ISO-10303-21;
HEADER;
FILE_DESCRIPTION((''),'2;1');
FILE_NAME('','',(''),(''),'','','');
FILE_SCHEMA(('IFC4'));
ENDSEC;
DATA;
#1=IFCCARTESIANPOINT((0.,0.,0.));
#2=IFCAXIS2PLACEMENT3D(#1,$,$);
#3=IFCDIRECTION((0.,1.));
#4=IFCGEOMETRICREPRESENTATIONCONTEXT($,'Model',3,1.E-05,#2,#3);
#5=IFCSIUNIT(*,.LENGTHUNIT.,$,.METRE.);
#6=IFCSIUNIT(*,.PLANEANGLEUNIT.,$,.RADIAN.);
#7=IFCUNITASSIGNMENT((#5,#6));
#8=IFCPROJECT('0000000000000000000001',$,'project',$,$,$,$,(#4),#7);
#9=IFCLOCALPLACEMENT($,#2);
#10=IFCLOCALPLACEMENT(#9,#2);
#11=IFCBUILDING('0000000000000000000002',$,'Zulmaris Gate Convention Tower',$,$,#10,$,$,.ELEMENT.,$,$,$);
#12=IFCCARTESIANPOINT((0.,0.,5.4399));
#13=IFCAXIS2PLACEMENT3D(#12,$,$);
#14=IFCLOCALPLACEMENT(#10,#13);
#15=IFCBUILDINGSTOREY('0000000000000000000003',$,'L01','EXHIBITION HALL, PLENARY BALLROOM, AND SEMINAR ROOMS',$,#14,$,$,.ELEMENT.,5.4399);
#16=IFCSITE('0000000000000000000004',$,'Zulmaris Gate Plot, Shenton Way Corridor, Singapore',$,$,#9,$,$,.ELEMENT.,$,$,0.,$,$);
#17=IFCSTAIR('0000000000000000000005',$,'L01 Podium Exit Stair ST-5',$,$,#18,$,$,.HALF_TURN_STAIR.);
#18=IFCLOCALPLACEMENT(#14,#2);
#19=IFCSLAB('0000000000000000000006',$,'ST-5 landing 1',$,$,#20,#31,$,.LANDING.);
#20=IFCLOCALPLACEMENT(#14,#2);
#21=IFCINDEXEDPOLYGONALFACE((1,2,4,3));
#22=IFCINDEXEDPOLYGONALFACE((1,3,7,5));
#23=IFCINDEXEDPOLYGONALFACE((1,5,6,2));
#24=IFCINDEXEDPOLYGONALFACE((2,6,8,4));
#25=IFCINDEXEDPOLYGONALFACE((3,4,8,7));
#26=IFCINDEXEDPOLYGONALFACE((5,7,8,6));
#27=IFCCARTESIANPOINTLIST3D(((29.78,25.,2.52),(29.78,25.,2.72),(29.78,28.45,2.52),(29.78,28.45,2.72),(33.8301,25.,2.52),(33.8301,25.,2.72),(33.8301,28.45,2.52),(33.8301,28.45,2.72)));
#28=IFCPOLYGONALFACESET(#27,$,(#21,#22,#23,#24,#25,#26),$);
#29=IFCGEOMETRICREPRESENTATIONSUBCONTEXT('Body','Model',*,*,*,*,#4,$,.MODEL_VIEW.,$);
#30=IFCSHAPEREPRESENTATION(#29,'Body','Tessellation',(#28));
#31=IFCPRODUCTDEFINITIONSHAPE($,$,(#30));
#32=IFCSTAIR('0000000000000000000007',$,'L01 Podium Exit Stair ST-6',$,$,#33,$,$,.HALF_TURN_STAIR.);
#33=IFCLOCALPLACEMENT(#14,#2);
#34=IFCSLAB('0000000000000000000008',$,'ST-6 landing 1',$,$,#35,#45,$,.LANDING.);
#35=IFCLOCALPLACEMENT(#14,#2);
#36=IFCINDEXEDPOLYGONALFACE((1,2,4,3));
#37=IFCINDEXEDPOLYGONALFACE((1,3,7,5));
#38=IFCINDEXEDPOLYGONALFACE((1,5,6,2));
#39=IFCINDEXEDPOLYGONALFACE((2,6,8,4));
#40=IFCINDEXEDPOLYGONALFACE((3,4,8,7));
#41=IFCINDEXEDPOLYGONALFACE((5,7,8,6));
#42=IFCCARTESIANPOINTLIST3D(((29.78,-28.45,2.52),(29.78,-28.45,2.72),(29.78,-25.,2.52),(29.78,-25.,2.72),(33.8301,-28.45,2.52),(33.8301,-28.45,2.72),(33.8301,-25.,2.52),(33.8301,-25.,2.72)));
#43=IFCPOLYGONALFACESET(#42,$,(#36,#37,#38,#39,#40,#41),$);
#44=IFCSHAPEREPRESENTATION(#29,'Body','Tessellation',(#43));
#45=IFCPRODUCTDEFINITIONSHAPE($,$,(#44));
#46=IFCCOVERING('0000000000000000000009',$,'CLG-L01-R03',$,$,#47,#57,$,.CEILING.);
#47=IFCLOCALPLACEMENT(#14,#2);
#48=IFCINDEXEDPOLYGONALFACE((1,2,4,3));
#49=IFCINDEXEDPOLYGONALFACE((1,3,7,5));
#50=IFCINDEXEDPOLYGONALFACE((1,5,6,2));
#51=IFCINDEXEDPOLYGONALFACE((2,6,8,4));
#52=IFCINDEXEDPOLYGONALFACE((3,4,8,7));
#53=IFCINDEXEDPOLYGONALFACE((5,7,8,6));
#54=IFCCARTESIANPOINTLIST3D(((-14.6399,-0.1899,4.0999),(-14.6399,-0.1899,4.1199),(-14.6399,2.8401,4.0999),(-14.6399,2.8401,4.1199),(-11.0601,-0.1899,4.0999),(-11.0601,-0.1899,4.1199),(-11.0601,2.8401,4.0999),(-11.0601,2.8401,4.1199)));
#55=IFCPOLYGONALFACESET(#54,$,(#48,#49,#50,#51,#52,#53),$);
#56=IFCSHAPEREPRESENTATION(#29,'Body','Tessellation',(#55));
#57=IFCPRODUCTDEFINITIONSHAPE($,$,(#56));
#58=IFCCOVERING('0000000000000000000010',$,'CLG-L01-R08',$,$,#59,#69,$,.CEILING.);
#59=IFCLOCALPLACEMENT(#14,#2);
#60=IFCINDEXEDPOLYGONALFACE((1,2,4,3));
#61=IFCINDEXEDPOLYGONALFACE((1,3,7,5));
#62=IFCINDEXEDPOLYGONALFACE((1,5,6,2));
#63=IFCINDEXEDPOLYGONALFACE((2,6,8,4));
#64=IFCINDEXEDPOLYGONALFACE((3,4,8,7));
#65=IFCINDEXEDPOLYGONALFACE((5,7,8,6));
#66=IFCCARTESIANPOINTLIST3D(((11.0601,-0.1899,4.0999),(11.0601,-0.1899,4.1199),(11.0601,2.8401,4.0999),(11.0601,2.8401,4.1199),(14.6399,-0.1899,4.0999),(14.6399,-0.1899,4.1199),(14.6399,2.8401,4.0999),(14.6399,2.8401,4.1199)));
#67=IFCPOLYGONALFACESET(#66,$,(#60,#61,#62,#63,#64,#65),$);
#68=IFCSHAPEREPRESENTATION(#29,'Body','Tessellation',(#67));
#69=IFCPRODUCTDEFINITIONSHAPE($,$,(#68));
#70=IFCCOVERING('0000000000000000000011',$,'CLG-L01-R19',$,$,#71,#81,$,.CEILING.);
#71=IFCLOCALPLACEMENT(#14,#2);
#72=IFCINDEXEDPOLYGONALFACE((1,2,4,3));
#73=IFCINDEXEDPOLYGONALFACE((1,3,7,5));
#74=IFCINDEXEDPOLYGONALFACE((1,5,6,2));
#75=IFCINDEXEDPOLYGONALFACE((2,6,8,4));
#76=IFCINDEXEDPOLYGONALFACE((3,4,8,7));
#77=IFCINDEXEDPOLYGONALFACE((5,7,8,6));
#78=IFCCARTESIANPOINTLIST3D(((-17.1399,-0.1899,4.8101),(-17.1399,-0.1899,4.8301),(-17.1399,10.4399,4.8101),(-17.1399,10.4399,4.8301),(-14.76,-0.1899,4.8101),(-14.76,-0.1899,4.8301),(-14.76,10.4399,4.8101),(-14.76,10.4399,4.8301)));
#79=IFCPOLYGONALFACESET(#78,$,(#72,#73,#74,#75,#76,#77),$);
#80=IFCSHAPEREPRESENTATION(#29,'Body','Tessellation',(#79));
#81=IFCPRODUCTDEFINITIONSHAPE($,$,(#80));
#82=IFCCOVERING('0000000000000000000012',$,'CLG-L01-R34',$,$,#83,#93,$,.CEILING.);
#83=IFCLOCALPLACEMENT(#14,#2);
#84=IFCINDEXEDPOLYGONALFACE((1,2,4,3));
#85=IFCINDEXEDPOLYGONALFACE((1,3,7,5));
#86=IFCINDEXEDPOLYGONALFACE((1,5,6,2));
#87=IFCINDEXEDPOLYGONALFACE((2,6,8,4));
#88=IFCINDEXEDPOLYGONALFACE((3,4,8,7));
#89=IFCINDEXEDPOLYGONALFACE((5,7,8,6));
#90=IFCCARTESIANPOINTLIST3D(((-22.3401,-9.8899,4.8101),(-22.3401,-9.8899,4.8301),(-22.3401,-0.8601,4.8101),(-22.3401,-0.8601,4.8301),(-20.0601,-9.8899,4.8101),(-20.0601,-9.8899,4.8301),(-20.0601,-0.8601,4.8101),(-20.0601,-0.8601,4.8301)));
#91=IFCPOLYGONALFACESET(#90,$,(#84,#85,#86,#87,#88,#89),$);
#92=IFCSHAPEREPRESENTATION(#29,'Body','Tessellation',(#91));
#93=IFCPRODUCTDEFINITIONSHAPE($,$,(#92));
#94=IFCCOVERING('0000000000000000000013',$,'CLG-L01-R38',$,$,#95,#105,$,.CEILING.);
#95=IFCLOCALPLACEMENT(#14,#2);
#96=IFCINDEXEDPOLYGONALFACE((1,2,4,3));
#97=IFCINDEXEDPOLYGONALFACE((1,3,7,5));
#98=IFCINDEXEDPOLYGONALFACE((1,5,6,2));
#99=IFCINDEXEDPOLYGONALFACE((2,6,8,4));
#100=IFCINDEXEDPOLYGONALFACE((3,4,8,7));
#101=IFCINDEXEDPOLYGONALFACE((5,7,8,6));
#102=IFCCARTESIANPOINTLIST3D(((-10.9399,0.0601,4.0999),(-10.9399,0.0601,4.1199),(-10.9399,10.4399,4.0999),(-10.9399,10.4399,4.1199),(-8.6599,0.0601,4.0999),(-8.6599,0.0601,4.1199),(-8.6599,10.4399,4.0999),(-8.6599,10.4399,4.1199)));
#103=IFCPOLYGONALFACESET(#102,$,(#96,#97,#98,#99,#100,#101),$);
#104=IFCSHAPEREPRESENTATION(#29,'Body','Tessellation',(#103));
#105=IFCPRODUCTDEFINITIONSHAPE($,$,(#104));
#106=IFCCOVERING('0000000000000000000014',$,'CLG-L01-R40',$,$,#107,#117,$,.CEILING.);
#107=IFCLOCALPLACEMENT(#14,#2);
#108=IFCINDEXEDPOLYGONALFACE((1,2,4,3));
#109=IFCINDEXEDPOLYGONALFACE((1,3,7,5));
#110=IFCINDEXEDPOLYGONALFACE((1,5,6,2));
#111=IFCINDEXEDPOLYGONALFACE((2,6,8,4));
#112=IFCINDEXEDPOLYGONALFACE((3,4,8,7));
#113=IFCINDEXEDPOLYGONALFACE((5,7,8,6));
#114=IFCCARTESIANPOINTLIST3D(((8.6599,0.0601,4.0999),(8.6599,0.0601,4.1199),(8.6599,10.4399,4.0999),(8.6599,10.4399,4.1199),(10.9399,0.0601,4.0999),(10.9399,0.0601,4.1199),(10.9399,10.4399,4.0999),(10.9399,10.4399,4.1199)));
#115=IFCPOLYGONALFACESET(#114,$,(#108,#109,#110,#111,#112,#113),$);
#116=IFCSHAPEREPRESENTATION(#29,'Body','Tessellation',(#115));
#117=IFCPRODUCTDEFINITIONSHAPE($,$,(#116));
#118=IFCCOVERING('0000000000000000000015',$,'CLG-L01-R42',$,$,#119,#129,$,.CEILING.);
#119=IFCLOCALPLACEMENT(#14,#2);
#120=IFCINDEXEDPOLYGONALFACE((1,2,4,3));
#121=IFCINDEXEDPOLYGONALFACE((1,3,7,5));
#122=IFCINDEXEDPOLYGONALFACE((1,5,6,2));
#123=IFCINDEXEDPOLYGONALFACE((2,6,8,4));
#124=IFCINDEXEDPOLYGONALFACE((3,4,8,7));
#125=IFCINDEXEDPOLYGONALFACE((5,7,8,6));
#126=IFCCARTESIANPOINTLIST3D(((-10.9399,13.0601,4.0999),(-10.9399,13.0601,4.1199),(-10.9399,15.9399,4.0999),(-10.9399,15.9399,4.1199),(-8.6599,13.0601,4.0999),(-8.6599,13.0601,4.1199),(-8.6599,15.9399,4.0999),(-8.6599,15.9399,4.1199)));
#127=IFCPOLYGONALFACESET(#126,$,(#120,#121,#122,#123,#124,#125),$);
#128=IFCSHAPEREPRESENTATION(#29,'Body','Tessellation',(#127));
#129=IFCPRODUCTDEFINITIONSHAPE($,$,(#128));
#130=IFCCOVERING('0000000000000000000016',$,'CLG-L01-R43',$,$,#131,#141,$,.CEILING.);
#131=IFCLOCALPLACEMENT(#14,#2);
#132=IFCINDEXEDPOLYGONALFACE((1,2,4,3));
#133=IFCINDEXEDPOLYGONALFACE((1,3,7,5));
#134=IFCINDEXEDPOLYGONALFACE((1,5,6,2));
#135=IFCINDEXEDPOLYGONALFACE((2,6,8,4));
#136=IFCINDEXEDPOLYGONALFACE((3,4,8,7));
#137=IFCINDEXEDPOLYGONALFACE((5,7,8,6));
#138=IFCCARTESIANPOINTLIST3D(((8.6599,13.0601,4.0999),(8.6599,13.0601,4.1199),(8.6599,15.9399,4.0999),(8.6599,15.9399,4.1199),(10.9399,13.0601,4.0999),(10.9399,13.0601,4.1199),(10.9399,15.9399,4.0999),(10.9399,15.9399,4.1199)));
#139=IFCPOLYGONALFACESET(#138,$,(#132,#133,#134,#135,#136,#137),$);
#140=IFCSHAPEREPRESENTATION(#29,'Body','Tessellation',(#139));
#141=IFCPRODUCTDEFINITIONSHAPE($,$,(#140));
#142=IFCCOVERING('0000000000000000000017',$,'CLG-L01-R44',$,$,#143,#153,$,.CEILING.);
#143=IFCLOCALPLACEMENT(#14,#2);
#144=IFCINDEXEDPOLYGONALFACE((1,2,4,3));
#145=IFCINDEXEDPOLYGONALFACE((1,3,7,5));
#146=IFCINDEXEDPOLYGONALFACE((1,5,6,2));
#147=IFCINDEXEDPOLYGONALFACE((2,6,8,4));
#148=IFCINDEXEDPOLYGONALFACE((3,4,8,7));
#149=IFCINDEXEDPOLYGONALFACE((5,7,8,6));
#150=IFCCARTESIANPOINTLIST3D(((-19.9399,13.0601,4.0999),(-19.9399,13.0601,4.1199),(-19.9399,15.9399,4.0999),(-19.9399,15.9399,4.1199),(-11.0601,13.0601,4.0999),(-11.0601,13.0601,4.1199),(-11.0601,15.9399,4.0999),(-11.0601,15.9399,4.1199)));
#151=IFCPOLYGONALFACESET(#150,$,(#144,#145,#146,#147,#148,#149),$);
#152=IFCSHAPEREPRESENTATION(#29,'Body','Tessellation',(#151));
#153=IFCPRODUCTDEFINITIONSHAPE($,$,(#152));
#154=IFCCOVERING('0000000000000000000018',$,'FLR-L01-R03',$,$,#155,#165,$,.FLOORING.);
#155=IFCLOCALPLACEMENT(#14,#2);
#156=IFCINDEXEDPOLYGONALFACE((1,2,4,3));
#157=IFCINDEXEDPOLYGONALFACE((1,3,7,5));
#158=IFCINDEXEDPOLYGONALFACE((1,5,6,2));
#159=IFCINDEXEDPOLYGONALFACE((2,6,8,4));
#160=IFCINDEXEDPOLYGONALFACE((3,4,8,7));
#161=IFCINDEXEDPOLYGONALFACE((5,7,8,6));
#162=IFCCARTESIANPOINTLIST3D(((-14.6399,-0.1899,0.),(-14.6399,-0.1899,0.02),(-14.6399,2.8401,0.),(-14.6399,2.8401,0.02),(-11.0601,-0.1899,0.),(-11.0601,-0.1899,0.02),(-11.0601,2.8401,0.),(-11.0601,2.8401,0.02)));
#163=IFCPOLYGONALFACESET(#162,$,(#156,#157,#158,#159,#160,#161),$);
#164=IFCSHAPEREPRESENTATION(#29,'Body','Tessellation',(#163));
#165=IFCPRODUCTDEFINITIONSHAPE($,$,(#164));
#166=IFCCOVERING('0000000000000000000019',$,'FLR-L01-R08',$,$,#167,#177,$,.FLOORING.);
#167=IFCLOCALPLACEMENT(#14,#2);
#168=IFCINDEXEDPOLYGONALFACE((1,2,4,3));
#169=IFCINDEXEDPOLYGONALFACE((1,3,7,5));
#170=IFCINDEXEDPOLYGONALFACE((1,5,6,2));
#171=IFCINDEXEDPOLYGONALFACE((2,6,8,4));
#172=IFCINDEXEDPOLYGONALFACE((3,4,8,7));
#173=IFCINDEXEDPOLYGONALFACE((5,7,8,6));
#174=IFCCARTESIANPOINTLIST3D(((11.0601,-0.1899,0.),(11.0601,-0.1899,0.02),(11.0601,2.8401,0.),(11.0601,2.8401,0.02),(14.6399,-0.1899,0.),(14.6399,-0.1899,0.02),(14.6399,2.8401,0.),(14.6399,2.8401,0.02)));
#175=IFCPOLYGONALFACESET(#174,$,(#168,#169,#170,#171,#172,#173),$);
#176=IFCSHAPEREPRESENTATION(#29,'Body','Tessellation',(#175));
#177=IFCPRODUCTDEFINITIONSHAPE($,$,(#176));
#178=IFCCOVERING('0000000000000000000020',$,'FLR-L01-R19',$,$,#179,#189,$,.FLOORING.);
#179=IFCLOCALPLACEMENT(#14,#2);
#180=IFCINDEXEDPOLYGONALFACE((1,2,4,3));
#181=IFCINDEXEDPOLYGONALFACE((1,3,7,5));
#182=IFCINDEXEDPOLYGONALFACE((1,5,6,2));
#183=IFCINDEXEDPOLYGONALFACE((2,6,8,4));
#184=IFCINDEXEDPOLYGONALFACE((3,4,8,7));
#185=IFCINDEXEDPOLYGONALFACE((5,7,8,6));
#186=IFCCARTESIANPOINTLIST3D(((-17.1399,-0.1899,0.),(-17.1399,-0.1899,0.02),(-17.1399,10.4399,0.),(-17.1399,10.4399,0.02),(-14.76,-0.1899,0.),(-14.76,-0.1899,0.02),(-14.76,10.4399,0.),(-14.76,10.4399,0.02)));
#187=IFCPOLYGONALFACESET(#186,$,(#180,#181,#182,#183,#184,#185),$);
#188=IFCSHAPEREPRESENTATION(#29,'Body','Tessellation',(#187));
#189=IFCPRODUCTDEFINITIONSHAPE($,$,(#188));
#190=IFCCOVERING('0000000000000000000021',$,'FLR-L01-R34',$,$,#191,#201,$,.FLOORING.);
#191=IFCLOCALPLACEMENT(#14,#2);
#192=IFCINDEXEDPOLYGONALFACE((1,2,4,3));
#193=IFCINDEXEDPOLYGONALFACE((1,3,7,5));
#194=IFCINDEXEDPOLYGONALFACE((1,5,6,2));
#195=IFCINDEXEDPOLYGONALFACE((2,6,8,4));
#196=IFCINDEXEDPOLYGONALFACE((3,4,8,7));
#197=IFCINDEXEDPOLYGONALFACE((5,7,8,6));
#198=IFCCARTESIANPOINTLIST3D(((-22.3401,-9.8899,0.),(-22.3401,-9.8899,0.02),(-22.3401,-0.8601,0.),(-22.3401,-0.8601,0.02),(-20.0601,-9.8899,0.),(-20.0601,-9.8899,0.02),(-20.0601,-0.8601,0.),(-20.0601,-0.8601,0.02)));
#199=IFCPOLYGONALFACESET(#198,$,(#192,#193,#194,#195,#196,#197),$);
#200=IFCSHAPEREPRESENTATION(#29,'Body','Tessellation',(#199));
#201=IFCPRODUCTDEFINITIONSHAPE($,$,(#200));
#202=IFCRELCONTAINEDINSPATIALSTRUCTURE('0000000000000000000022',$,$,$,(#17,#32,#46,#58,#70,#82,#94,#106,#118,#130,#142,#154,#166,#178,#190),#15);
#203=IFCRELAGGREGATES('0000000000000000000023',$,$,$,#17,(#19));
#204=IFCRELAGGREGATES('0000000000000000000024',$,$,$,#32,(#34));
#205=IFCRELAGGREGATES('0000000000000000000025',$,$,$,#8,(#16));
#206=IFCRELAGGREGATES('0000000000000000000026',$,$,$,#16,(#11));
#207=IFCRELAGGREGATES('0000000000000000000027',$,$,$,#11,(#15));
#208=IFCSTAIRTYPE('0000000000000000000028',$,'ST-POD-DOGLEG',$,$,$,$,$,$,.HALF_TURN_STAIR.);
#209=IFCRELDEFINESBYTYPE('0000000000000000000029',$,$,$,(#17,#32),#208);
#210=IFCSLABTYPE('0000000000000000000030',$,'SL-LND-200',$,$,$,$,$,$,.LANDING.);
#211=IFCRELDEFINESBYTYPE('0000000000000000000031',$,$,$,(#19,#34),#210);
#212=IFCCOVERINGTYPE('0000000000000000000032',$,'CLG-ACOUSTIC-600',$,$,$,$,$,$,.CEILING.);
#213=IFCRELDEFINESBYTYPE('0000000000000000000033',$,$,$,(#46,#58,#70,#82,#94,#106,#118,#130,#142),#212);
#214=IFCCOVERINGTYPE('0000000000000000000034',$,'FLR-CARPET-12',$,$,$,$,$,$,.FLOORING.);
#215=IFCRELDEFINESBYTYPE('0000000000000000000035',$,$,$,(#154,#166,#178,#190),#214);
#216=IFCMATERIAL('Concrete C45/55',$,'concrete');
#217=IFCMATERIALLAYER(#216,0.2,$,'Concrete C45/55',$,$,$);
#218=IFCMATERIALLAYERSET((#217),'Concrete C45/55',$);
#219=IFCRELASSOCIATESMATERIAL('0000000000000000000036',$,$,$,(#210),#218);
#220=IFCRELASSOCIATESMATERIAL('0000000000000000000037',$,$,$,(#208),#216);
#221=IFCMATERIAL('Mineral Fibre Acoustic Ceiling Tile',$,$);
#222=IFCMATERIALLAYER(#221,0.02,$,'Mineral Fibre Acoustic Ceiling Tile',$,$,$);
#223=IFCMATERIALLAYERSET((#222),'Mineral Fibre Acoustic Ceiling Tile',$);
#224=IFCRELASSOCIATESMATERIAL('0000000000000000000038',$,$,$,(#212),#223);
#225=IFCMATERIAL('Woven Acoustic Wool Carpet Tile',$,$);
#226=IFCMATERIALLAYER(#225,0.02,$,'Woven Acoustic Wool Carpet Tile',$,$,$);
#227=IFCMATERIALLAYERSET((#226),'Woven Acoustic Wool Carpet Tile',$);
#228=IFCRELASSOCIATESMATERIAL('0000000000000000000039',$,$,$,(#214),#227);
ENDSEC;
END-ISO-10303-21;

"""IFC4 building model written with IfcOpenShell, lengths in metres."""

from ifc_helpers import new_model, si_unit, direction, frame, origin, place, context, subcontext, project, spatial, polyline, outline, extrude, material, layer, layer_set, type_object, element, aggregate, save


model = new_model("IFC4")

# Units and contexts
model_context = context("Model", 3, precision=1e-05, world=origin(), true_north=direction((0.0, 1.0)))
body_context = subcontext(model_context, "Body", "Model", "MODEL_VIEW")
ifc_project = project(units=[si_unit("LENGTHUNIT", "METRE"), si_unit("PLANEANGLEUNIT", "RADIAN")], contexts=[model_context])

# Site, building, storey
site_placement = place(None, origin())
site = spatial("IfcSite", under=ifc_project, at=site_placement, Name="Zulmaris Gate Plot, Shenton Way Corridor, Singapore", CompositionType="ELEMENT", RefElevation=0.0)
building_placement = place(site_placement, origin())
building = spatial("IfcBuilding", under=site, at=building_placement, Name="Zulmaris Gate Convention Tower", CompositionType="ELEMENT")
storey_placement = place(building_placement, frame((0.0, 0.0, 5.4399)))
storey = spatial("IfcBuildingStorey", under=building, at=storey_placement, Name="L01", Description="EXHIBITION HALL, PLENARY BALLROOM, AND SEMINAR ROOMS", CompositionType="ELEMENT", Elevation=5.4399)

# Stairs, slabs
ifc_material_1 = material(Name="Concrete C45/55", Category="concrete")
ifc_layer_1 = layer(ifc_material_1, 0.2, Name="Concrete C45/55")
ifc_layer_set_1 = layer_set([ifc_layer_1], Name="Concrete C45/55")
slab_type_1 = type_object("IfcSlabType", Name="SL-LND-200", PredefinedType="LANDING", material=ifc_layer_set_1)
stair_type_1 = type_object("IfcStairType", Name="ST-POD-DOGLEG", PredefinedType="HALF_TURN_STAIR", material=ifc_material_1)
stair_1_placement = place(storey_placement, origin())
stair_1 = element("IfcStair", 1, at=stair_1_placement, inside=storey, type_object=stair_type_1, Name="L01 Podium Exit Stair ST-5", PredefinedType="HALF_TURN_STAIR")
slab_1_placement = place(storey_placement, frame((0.0, 0.0, 2.52)))
slab_1 = element("IfcSlab", 2, at=slab_1_placement, type_object=slab_type_1, Name="ST-5 landing 1", PredefinedType="LANDING", context=body_context, shape_type="SweptSolid", body=[
    extrude(outline(polyline([(33.8301, 25.0), (33.8301, 28.45), (29.78, 28.45), (29.78, 25.0), (33.8301, 25.0)])), origin(), (0.0, 0.0, 1.0), 0.2),
])
aggregate(stair_1, [slab_1])
stair_2_placement = place(storey_placement, origin())
stair_2 = element("IfcStair", 3, at=stair_2_placement, inside=storey, type_object=stair_type_1, Name="L01 Podium Exit Stair ST-6", PredefinedType="HALF_TURN_STAIR")
slab_2_placement = place(storey_placement, frame((0.0, 0.0, 2.52)))
slab_2 = element("IfcSlab", 4, at=slab_2_placement, type_object=slab_type_1, Name="ST-6 landing 1", PredefinedType="LANDING", context=body_context, shape_type="SweptSolid", body=[
    extrude(outline(polyline([(29.78, -25.0), (29.78, -28.45), (33.8301, -28.45), (33.8301, -25.0), (29.78, -25.0)])), origin(), (0.0, 0.0, 1.0), 0.2),
])
aggregate(stair_2, [slab_2])

# Coverings
ifc_material_2 = material(Name="Mineral Fibre Acoustic Ceiling Tile")
ifc_layer_2 = layer(ifc_material_2, 0.02, Name="Mineral Fibre Acoustic Ceiling Tile")
ifc_layer_set_2 = layer_set([ifc_layer_2], Name="Mineral Fibre Acoustic Ceiling Tile")
covering_type_1 = type_object("IfcCoveringType", Name="CLG-ACOUSTIC-600", PredefinedType="CEILING", material=ifc_layer_set_2)
covering_1_placement = place(storey_placement, frame((0.0, 0.0, 4.0999)))
element("IfcCovering", 5, at=covering_1_placement, inside=storey, type_object=covering_type_1, Name="CLG-L01-R03", PredefinedType="CEILING", context=body_context, shape_type="SweptSolid", body=[
    extrude(outline(polyline([(-14.6399, -0.1899), (-11.0601, -0.1899), (-11.0601, 2.8401), (-14.6399, 2.8401), (-14.6399, -0.1899)])), origin(), (0.0, 0.0, 1.0), 0.02),
])
covering_2_placement = place(storey_placement, frame((0.0, 0.0, 4.0999)))
element("IfcCovering", 6, at=covering_2_placement, inside=storey, type_object=covering_type_1, Name="CLG-L01-R08", PredefinedType="CEILING", context=body_context, shape_type="SweptSolid", body=[
    extrude(outline(polyline([(11.0601, -0.1899), (14.6399, -0.1899), (14.6399, 2.8401), (11.0601, 2.8401), (11.0601, -0.1899)])), origin(), (0.0, 0.0, 1.0), 0.02),
])
covering_3_placement = place(storey_placement, frame((0.0, 0.0, 4.8101)))
element("IfcCovering", 7, at=covering_3_placement, inside=storey, type_object=covering_type_1, Name="CLG-L01-R19", PredefinedType="CEILING", context=body_context, shape_type="SweptSolid", body=[
    extrude(outline(polyline([(-17.1399, -0.1899), (-14.76, -0.1899), (-14.76, 10.4399), (-17.1399, 10.4399), (-17.1399, -0.1899)])), origin(), (0.0, 0.0, 1.0), 0.02),
])
covering_4_placement = place(storey_placement, frame((0.0, 0.0, 4.8101)))
element("IfcCovering", 8, at=covering_4_placement, inside=storey, type_object=covering_type_1, Name="CLG-L01-R34", PredefinedType="CEILING", context=body_context, shape_type="SweptSolid", body=[
    extrude(outline(polyline([(-22.3401, -9.8899), (-20.0601, -9.8899), (-20.0601, -0.8601), (-22.3401, -0.8601), (-22.3401, -9.8899)])), origin(), (0.0, 0.0, 1.0), 0.02),
])
covering_5_placement = place(storey_placement, frame((0.0, 0.0, 4.0999)))
element("IfcCovering", 9, at=covering_5_placement, inside=storey, type_object=covering_type_1, Name="CLG-L01-R38", PredefinedType="CEILING", context=body_context, shape_type="SweptSolid", body=[
    extrude(outline(polyline([(-10.9399, 0.0601), (-8.6599, 0.0601), (-8.6599, 10.4399), (-10.9399, 10.4399), (-10.9399, 0.0601)])), origin(), (0.0, 0.0, 1.0), 0.02),
])
covering_6_placement = place(storey_placement, frame((0.0, 0.0, 4.0999)))
element("IfcCovering", 10, at=covering_6_placement, inside=storey, type_object=covering_type_1, Name="CLG-L01-R40", PredefinedType="CEILING", context=body_context, shape_type="SweptSolid", body=[
    extrude(outline(polyline([(8.6599, 0.0601), (10.9399, 0.0601), (10.9399, 10.4399), (8.6599, 10.4399), (8.6599, 0.0601)])), origin(), (0.0, 0.0, 1.0), 0.02),
])
covering_7_placement = place(storey_placement, frame((0.0, 0.0, 4.0999)))
element("IfcCovering", 11, at=covering_7_placement, inside=storey, type_object=covering_type_1, Name="CLG-L01-R42", PredefinedType="CEILING", context=body_context, shape_type="SweptSolid", body=[
    extrude(outline(polyline([(-10.9399, 13.0601), (-8.6599, 13.0601), (-8.6599, 15.9399), (-10.9399, 15.9399), (-10.9399, 13.0601)])), origin(), (0.0, 0.0, 1.0), 0.02),
])
covering_8_placement = place(storey_placement, frame((0.0, 0.0, 4.0999)))
element("IfcCovering", 12, at=covering_8_placement, inside=storey, type_object=covering_type_1, Name="CLG-L01-R43", PredefinedType="CEILING", context=body_context, shape_type="SweptSolid", body=[
    extrude(outline(polyline([(8.6599, 13.0601), (10.9399, 13.0601), (10.9399, 15.9399), (8.6599, 15.9399), (8.6599, 13.0601)])), origin(), (0.0, 0.0, 1.0), 0.02),
])
covering_9_placement = place(storey_placement, frame((0.0, 0.0, 4.0999)))
element("IfcCovering", 13, at=covering_9_placement, inside=storey, type_object=covering_type_1, Name="CLG-L01-R44", PredefinedType="CEILING", context=body_context, shape_type="SweptSolid", body=[
    extrude(outline(polyline([(-19.9399, 13.0601), (-11.0601, 13.0601), (-11.0601, 15.9399), (-19.9399, 15.9399), (-19.9399, 13.0601)])), origin(), (0.0, 0.0, 1.0), 0.02),
])
ifc_material_3 = material(Name="Woven Acoustic Wool Carpet Tile")
ifc_layer_3 = layer(ifc_material_3, 0.02, Name="Woven Acoustic Wool Carpet Tile")
ifc_layer_set_3 = layer_set([ifc_layer_3], Name="Woven Acoustic Wool Carpet Tile")
covering_type_2 = type_object("IfcCoveringType", Name="FLR-CARPET-12", PredefinedType="FLOORING", material=ifc_layer_set_3)
covering_10_placement = place(storey_placement, origin())
element("IfcCovering", 14, at=covering_10_placement, inside=storey, type_object=covering_type_2, Name="FLR-L01-R03", PredefinedType="FLOORING", context=body_context, shape_type="SweptSolid", body=[
    extrude(outline(polyline([(-14.6399, -0.1899), (-11.0601, -0.1899), (-11.0601, 2.8401), (-14.6399, 2.8401), (-14.6399, -0.1899)])), origin(), (0.0, 0.0, 1.0), 0.02),
])
covering_11_placement = place(storey_placement, origin())
element("IfcCovering", 15, at=covering_11_placement, inside=storey, type_object=covering_type_2, Name="FLR-L01-R08", PredefinedType="FLOORING", context=body_context, shape_type="SweptSolid", body=[
    extrude(outline(polyline([(11.0601, -0.1899), (14.6399, -0.1899), (14.6399, 2.8401), (11.0601, 2.8401), (11.0601, -0.1899)])), origin(), (0.0, 0.0, 1.0), 0.02),
])
covering_12_placement = place(storey_placement, origin())
element("IfcCovering", 16, at=covering_12_placement, inside=storey, type_object=covering_type_2, Name="FLR-L01-R19", PredefinedType="FLOORING", context=body_context, shape_type="SweptSolid", body=[
    extrude(outline(polyline([(-17.1399, -0.1899), (-14.76, -0.1899), (-14.76, 10.4399), (-17.1399, 10.4399), (-17.1399, -0.1899)])), origin(), (0.0, 0.0, 1.0), 0.02),
])
covering_13_placement = place(storey_placement, origin())
element("IfcCovering", 17, at=covering_13_placement, inside=storey, type_object=covering_type_2, Name="FLR-L01-R34", PredefinedType="FLOORING", context=body_context, shape_type="SweptSolid", body=[
    extrude(outline(polyline([(-22.3401, -9.8899), (-20.0601, -9.8899), (-20.0601, -0.8601), (-22.3401, -0.8601), (-22.3401, -9.8899)])), origin(), (0.0, 0.0, 1.0), 0.02),
])

save(model, "model.ifc")
